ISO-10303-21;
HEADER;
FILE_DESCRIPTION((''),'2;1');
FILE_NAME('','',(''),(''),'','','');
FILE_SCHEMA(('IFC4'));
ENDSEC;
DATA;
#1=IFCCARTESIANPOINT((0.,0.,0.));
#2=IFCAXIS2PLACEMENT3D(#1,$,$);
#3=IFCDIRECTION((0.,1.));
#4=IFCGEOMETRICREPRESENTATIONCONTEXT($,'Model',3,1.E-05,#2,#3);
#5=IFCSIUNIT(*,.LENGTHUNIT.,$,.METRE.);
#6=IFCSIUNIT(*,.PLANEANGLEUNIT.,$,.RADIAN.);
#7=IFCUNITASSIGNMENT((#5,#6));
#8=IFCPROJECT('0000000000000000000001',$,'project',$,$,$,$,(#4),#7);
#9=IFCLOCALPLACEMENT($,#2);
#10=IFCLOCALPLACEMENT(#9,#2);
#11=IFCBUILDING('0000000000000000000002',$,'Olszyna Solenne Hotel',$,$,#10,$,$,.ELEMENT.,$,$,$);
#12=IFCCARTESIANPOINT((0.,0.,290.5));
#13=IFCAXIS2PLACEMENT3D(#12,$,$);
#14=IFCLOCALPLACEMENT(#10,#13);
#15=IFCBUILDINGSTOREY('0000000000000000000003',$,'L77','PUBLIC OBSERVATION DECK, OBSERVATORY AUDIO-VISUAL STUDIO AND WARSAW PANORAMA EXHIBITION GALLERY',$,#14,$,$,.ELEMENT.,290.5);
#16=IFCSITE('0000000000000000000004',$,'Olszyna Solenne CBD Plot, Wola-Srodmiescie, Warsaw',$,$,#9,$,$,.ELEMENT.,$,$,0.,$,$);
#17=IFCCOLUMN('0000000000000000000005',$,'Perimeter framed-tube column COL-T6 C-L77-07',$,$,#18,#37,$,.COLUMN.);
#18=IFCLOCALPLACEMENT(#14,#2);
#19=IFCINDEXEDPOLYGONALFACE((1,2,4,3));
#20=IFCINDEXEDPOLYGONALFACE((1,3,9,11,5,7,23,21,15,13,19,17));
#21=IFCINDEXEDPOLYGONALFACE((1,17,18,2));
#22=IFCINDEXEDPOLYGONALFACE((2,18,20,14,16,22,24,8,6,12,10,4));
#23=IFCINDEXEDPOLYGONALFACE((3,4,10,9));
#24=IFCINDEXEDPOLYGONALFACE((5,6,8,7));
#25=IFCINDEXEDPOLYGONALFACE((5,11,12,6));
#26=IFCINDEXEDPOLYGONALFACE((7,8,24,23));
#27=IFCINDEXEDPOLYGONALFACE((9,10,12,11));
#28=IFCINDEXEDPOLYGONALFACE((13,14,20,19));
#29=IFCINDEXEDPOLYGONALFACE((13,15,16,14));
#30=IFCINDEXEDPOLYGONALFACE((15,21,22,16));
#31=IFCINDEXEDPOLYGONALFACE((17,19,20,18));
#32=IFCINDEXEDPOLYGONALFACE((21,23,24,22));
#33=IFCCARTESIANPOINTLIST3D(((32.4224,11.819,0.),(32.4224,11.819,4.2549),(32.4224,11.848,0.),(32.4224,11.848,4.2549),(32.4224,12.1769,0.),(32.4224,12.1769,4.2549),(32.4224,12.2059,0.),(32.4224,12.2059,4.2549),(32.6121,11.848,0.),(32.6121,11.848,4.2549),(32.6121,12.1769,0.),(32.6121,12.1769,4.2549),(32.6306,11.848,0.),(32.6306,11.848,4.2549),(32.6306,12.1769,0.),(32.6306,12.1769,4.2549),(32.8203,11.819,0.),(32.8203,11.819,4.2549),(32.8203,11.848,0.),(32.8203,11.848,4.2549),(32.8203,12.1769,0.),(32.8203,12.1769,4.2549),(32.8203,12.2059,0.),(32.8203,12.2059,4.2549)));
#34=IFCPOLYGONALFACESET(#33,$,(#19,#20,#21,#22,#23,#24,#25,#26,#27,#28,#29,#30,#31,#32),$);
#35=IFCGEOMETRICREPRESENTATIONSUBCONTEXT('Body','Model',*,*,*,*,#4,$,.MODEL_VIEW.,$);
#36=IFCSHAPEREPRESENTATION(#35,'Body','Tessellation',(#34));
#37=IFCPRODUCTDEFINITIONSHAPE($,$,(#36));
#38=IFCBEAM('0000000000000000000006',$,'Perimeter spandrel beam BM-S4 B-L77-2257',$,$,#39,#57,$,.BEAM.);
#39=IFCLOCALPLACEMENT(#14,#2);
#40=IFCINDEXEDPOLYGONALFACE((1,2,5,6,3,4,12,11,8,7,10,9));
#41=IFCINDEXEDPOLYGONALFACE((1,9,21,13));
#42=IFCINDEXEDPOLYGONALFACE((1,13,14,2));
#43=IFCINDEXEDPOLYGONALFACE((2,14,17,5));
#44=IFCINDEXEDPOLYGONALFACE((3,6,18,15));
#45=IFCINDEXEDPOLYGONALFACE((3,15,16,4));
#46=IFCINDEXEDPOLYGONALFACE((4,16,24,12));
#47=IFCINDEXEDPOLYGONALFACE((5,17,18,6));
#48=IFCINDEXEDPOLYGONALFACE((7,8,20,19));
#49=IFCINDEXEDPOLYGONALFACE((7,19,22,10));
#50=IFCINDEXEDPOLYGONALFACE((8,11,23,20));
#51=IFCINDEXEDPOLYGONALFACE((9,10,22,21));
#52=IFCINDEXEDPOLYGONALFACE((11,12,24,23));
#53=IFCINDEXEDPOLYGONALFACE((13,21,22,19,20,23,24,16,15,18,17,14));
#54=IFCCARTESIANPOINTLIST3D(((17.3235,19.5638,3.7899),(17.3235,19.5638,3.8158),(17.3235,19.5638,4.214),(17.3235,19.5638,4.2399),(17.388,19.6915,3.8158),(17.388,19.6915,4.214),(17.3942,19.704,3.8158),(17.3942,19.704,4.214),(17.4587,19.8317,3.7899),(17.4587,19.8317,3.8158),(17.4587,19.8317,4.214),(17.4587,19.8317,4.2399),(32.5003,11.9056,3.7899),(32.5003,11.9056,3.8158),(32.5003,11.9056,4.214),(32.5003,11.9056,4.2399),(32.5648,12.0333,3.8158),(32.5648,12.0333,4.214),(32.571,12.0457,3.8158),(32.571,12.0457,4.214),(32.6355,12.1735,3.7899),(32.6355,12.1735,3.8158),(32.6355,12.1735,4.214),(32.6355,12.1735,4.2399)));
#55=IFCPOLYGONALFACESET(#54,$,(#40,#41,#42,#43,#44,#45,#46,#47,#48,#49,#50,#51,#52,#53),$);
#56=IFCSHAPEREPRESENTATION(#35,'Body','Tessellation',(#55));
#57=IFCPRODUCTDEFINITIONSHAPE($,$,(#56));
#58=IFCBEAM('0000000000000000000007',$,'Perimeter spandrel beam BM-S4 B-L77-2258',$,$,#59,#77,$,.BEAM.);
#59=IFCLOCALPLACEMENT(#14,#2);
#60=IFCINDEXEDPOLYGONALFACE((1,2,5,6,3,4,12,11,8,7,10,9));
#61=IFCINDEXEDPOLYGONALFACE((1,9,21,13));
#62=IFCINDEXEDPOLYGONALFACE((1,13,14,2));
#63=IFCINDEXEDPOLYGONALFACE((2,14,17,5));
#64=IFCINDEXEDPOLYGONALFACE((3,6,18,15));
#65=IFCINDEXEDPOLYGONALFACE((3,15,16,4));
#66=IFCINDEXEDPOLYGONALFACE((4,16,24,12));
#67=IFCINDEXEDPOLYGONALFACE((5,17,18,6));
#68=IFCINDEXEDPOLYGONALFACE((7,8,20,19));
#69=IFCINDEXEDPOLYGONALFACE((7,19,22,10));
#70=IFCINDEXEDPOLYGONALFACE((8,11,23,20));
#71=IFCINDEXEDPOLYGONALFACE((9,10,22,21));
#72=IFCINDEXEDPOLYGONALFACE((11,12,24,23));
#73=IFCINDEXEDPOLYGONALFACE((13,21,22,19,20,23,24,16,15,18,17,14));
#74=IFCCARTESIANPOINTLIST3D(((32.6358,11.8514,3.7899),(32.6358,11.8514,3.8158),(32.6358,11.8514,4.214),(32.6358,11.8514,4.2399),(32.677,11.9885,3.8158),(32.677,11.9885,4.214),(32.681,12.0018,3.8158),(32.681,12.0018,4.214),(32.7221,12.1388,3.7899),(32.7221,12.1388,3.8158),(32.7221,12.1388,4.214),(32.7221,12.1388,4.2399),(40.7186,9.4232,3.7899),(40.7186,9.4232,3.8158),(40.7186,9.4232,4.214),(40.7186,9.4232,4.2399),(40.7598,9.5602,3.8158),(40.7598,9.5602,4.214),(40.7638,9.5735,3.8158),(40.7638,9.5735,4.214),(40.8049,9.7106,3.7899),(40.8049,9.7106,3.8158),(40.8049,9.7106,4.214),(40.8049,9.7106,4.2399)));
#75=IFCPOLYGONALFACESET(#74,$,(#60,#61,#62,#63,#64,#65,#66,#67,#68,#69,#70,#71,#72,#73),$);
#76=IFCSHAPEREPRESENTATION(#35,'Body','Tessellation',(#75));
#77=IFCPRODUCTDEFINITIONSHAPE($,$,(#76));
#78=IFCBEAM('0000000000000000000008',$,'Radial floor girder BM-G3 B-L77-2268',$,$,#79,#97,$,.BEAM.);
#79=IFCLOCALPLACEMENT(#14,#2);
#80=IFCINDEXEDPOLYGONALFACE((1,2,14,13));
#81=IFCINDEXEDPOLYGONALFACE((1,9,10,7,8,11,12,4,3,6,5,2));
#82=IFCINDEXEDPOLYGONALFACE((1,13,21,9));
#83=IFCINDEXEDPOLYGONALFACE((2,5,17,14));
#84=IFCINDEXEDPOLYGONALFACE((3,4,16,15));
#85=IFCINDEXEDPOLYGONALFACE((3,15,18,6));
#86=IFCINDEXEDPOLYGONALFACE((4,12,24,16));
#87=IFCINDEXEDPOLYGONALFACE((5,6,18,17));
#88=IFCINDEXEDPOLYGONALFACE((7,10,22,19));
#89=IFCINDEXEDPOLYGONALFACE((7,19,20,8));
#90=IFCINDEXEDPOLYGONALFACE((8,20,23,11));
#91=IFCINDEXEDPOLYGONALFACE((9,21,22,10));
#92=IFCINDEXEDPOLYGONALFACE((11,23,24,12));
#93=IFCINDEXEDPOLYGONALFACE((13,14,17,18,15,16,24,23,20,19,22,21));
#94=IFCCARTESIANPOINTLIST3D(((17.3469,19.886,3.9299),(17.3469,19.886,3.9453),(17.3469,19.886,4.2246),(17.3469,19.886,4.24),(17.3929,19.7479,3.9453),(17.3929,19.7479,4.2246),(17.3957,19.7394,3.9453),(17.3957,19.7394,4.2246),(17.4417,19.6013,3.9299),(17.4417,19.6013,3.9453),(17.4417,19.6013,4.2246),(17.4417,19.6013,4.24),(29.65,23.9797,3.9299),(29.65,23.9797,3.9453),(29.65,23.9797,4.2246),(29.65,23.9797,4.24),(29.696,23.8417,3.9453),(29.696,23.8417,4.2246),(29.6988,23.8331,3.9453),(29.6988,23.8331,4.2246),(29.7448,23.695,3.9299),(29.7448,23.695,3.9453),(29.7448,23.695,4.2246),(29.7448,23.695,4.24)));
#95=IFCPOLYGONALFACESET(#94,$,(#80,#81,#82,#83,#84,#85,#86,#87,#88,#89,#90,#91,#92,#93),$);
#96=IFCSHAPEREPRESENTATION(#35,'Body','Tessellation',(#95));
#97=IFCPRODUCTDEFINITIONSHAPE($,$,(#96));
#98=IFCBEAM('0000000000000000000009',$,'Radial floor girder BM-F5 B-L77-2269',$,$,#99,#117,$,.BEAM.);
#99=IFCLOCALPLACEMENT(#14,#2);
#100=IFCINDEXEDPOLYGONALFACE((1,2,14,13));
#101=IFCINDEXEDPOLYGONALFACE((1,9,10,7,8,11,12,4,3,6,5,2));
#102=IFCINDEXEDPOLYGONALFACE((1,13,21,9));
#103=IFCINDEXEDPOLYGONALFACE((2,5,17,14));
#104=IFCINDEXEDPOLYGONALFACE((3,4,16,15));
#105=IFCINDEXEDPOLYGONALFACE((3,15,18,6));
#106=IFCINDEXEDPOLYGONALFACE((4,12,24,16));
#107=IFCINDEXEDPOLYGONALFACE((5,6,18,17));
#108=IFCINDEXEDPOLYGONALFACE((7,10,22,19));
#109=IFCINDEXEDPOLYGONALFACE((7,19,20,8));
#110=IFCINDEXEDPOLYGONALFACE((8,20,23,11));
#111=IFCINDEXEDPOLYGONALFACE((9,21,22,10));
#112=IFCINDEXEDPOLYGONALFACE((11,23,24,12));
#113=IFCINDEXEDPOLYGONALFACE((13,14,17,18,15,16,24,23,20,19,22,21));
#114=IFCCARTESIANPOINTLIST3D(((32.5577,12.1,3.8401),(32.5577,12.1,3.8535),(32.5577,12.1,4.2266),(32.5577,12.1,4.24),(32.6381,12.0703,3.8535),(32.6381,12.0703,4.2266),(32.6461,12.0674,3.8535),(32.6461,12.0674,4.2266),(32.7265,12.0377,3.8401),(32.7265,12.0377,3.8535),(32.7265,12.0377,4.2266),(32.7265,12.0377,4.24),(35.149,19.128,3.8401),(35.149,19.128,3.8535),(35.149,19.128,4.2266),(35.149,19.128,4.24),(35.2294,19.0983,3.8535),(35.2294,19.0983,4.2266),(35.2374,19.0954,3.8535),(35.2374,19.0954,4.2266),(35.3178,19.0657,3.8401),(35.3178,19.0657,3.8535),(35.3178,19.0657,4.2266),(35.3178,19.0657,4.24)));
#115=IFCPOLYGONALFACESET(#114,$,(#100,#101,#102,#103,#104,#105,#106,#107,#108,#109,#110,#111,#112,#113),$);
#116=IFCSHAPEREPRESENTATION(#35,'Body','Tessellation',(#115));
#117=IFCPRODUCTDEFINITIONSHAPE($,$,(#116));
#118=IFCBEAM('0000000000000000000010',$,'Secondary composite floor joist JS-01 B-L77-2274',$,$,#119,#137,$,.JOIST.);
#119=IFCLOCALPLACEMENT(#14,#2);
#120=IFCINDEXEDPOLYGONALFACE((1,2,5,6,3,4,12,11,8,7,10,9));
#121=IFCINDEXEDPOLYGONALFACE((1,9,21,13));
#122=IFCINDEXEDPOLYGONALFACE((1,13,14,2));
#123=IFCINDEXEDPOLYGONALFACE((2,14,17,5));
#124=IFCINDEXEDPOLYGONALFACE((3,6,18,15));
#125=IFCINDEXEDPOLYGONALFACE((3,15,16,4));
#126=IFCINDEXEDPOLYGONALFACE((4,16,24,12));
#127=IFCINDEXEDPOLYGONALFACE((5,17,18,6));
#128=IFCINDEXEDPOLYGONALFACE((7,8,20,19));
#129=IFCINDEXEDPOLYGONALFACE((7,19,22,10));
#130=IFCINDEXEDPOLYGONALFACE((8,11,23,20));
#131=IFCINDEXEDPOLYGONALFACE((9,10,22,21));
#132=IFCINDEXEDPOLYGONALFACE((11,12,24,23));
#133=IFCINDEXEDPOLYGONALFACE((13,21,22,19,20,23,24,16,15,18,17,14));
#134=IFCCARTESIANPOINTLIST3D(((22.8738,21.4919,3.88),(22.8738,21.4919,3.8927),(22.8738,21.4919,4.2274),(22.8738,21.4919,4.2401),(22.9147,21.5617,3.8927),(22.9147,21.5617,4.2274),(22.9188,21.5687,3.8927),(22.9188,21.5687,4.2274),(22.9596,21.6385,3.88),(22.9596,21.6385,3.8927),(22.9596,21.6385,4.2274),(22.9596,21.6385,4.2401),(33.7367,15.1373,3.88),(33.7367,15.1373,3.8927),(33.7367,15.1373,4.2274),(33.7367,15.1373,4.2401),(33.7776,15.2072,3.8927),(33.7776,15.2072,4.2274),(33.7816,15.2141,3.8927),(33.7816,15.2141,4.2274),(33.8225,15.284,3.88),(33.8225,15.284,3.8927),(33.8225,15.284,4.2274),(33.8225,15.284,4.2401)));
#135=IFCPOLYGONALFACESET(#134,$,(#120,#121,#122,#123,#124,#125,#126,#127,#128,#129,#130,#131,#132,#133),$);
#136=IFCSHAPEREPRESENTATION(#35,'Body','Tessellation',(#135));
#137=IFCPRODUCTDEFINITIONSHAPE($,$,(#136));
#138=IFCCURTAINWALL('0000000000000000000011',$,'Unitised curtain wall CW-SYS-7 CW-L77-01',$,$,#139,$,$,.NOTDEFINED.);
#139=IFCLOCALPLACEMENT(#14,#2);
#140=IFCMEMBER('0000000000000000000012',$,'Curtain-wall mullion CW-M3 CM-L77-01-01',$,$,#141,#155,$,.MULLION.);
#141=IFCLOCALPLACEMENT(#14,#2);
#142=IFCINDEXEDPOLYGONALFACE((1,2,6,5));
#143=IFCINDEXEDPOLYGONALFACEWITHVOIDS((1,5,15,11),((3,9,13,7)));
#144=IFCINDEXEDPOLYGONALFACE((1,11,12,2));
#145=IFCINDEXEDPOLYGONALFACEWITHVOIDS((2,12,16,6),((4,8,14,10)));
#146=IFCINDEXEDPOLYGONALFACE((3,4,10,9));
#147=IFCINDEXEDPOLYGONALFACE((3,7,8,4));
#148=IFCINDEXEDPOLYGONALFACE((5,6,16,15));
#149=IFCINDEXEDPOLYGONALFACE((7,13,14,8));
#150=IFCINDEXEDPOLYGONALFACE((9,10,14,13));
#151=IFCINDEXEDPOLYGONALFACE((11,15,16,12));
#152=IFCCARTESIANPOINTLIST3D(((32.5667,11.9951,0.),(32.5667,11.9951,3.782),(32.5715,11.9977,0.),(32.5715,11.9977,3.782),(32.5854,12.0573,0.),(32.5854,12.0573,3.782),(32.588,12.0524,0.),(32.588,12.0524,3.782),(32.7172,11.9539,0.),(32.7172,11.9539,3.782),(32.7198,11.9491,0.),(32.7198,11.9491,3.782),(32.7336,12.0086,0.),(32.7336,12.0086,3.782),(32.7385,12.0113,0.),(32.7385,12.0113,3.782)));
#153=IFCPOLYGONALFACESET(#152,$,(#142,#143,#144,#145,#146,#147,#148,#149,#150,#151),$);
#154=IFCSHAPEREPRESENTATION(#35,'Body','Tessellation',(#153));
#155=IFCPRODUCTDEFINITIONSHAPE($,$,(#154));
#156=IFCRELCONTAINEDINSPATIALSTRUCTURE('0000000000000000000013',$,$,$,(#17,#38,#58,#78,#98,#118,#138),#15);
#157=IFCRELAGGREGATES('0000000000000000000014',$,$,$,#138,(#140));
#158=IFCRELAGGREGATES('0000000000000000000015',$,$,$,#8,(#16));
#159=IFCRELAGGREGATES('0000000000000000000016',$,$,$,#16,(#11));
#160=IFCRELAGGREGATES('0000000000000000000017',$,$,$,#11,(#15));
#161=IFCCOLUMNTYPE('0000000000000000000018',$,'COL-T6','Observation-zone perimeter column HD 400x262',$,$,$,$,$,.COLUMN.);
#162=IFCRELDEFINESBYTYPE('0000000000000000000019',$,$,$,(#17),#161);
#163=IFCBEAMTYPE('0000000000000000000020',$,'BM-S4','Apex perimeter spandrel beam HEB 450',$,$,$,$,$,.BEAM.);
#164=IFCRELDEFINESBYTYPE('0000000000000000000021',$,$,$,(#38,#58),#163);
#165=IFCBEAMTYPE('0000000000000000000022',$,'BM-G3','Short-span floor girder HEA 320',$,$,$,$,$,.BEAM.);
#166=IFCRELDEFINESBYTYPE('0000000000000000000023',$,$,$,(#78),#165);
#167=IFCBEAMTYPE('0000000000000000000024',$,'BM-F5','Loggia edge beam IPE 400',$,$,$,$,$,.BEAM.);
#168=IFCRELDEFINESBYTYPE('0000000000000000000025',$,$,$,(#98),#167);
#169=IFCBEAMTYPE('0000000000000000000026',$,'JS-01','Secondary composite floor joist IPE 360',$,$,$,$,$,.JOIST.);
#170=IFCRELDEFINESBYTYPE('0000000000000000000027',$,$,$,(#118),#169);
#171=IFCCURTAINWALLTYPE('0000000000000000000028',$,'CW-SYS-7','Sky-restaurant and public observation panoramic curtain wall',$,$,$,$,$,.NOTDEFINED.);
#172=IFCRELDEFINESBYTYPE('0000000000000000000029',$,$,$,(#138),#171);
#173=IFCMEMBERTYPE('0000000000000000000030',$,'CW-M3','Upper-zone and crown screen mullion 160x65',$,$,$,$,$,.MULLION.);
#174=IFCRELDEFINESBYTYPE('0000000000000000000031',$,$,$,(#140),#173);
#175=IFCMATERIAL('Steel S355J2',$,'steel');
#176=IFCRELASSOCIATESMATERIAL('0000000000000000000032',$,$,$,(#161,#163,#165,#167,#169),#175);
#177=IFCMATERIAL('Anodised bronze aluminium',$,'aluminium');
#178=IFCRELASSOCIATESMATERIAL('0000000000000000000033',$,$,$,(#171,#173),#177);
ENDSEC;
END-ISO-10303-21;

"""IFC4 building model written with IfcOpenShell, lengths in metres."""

from ifc_helpers import new_model, si_unit, direction, frame, origin, origin_2d, place, context, subcontext, project, spatial, hollow_rectangle, i_section, extrude, source, transform, mapped, material, material_profile, profile_set, type_object, element, aggregate, save


model = new_model("IFC4")

# Units and contexts
model_context = context("Model", 3, precision=1e-05, world=origin(), true_north=direction((0.0, 1.0)))
body_context = subcontext(model_context, "Body", "Model", "MODEL_VIEW")
ifc_project = project(units=[si_unit("LENGTHUNIT", "METRE"), si_unit("PLANEANGLEUNIT", "RADIAN")], contexts=[model_context])

# Site, building, storey
site_placement = place(None, origin())
site = spatial("IfcSite", under=ifc_project, at=site_placement, Name="Olszyna Solenne CBD Plot, Wola-Srodmiescie, Warsaw", CompositionType="ELEMENT", RefElevation=0.0)
building_placement = place(site_placement, origin())
building = spatial("IfcBuilding", under=site, at=building_placement, Name="Olszyna Solenne Hotel", CompositionType="ELEMENT")
storey_placement = place(building_placement, frame((0.0, 0.0, 290.5)))
storey = spatial("IfcBuildingStorey", under=building, at=storey_placement, Name="L77", Description="PUBLIC OBSERVATION DECK, OBSERVATORY AUDIO-VISUAL STUDIO AND WARSAW PANORAMA EXHIBITION GALLERY", CompositionType="ELEMENT", Elevation=290.5)

# Column
ifc_material_1 = material(Name="Steel S355J2", Category="steel")
ifc_material_profile_1 = material_profile(ifc_material_1, i_section(OverallWidth=0.3979, OverallDepth=0.387, WebThickness=0.0186, FlangeThickness=0.0291, at=origin_2d()), Name="HD 400x262", Category="load-bearing")
ifc_profile_set_1 = profile_set([ifc_material_profile_1], Name="Steel S355J2")
column_type = type_object("IfcColumnType", Name="COL-T6", Description="Observation-zone perimeter column HD 400x262", PredefinedType="COLUMN", material=ifc_profile_set_1)
shared_shape_1 = source(origin(), body_context, "Body", "SweptSolid", [
    extrude(i_section(OverallWidth=0.3979, OverallDepth=0.387, WebThickness=0.0186, FlangeThickness=0.0291, at=origin_2d()), origin(), (0.0, 0.0, 1.0), 4.2549),
])
column_placement = place(storey_placement, frame((32.6213, 12.0125, 0.0), z_axis=(0.0, 0.0, 1.0), x_axis=(1.0, 0.0, 0.0)))
element("IfcColumn", 1, at=column_placement, inside=storey, type_object=column_type, Name="Perimeter framed-tube column COL-T6 C-L77-07", PredefinedType="COLUMN", context=body_context, shape_type="MappedRepresentation", body=[
    mapped(shared_shape_1, transform((0.0, 0.0, 0.0), x_axis=(1.0, 0.0, 0.0), y_axis=(0.0, 1.0, 0.0), z_axis=(0.0, 0.0, 1.0), scale=1.0)),
])

# Beams
ifc_material_profile_2 = material_profile(ifc_material_1, i_section(OverallWidth=0.3, OverallDepth=0.45, WebThickness=0.0139, FlangeThickness=0.0259, at=origin_2d()), Name="HEB 450", Category="load-bearing")
ifc_profile_set_2 = profile_set([ifc_material_profile_2], Name="Steel S355J2")
beam_type_1 = type_object("IfcBeamType", Name="BM-S4", Description="Apex perimeter spandrel beam HEB 450", PredefinedType="BEAM", material=ifc_profile_set_2)
shared_shape_2 = source(origin(), body_context, "Body", "SweptSolid", [
    extrude(i_section(OverallWidth=0.3, OverallDepth=0.45, WebThickness=0.0139, FlangeThickness=0.0259, at=origin_2d()), origin(), (0.0, 0.0, 1.0), 16.9995),
])
beam_1_placement = place(storey_placement, frame((17.3911, 19.6978, 4.0149), z_axis=(0.892778, -0.450497, 0.0), x_axis=(0.450497, 0.892778, 0.0)))
element("IfcBeam", 2, at=beam_1_placement, inside=storey, type_object=beam_type_1, Name="Perimeter spandrel beam BM-S4 B-L77-2257", PredefinedType="BEAM", context=body_context, shape_type="MappedRepresentation", body=[
    mapped(shared_shape_2, transform((0.0, 0.0, 0.0), x_axis=(1.0, 0.0, 0.0), y_axis=(0.0, 1.0, 0.0), z_axis=(0.0, 0.0, 1.0), scale=1.0)),
])
shared_shape_3 = source(origin(), body_context, "Body", "SweptSolid", [
    extrude(i_section(OverallWidth=0.3, OverallDepth=0.45, WebThickness=0.0139, FlangeThickness=0.0259, at=origin_2d()), origin(), (0.0, 0.0, 1.0), 8.4397),
])
beam_2_placement = place(storey_placement, frame((32.679, 11.9951, 4.0149), z_axis=(0.957716, -0.287717, 0.0), x_axis=(0.287717, 0.957716, 0.0)))
element("IfcBeam", 3, at=beam_2_placement, inside=storey, type_object=beam_type_1, Name="Perimeter spandrel beam BM-S4 B-L77-2258", PredefinedType="BEAM", context=body_context, shape_type="MappedRepresentation", body=[
    mapped(shared_shape_3, transform((0.0, 0.0, 0.0), x_axis=(1.0, 0.0, 0.0), y_axis=(0.0, 1.0, 0.0), z_axis=(0.0, 0.0, 1.0), scale=1.0)),
])
ifc_material_profile_3 = material_profile(ifc_material_1, i_section(OverallWidth=0.3, OverallDepth=0.3101, WebThickness=0.009, FlangeThickness=0.0154, at=origin_2d()), Name="HEA 320", Category="load-bearing")
ifc_profile_set_3 = profile_set([ifc_material_profile_3], Name="Steel S355J2")
beam_type_2 = type_object("IfcBeamType", Name="BM-G3", Description="Short-span floor girder HEA 320", PredefinedType="BEAM", material=ifc_profile_set_3)
shared_shape_4 = source(origin(), body_context, "Body", "SweptSolid", [
    extrude(i_section(OverallWidth=0.3, OverallDepth=0.3101, WebThickness=0.009, FlangeThickness=0.0154, at=origin_2d()), origin(), (0.0, 0.0, 1.0), 12.9663),
])
beam_3_placement = place(storey_placement, frame((17.3943, 19.7437, 4.085), z_axis=(0.948853, 0.315719, 0.0), x_axis=(-0.315719, 0.948853, 0.0)))
element("IfcBeam", 4, at=beam_3_placement, inside=storey, type_object=beam_type_2, Name="Radial floor girder BM-G3 B-L77-2268", PredefinedType="BEAM", context=body_context, shape_type="MappedRepresentation", body=[
    mapped(shared_shape_4, transform((0.0, 0.0, 0.0), x_axis=(1.0, 0.0, 0.0), y_axis=(0.0, 1.0, 0.0), z_axis=(0.0, 0.0, 1.0), scale=1.0)),
])
ifc_material_profile_4 = material_profile(ifc_material_1, i_section(OverallWidth=0.1799, OverallDepth=0.3999, WebThickness=0.0085, FlangeThickness=0.0134, at=origin_2d()), Name="IPE 400", Category="load-bearing")
ifc_profile_set_4 = profile_set([ifc_material_profile_4], Name="Steel S355J2")
beam_type_3 = type_object("IfcBeamType", Name="BM-F5", Description="Loggia edge beam IPE 400", PredefinedType="BEAM", material=ifc_profile_set_4)
shared_shape_5 = source(origin(), body_context, "Body", "SweptSolid", [
    extrude(i_section(OverallWidth=0.1799, OverallDepth=0.3999, WebThickness=0.0085, FlangeThickness=0.0134, at=origin_2d()), origin(), (0.0, 0.0, 1.0), 7.4905),
])
beam_4_placement = place(storey_placement, frame((32.6421, 12.0688, 4.04), z_axis=(0.345942, 0.938256, 0.0), x_axis=(-0.938256, 0.345942, 0.0)))
element("IfcBeam", 5, at=beam_4_placement, inside=storey, type_object=beam_type_3, Name="Radial floor girder BM-F5 B-L77-2269", PredefinedType="BEAM", context=body_context, shape_type="MappedRepresentation", body=[
    mapped(shared_shape_5, transform((0.0, 0.0, 0.0), x_axis=(1.0, 0.0, 0.0), y_axis=(0.0, 1.0, 0.0), z_axis=(0.0, 0.0, 1.0), scale=1.0)),
])
ifc_material_profile_5 = material_profile(ifc_material_1, i_section(OverallWidth=0.1699, OverallDepth=0.3601, WebThickness=0.0081, FlangeThickness=0.0127, at=origin_2d()), Name="IPE 360", Category="load-bearing")
ifc_profile_set_5 = profile_set([ifc_material_profile_5], Name="Steel S355J2")
beam_type_4 = type_object("IfcBeamType", Name="JS-01", Description="Secondary composite floor joist IPE 360", PredefinedType="JOIST", material=ifc_profile_set_5)
shared_shape_6 = source(origin(), body_context, "Body", "SweptSolid", [
    extrude(i_section(OverallWidth=0.1699, OverallDepth=0.3601, WebThickness=0.0081, FlangeThickness=0.0127, at=origin_2d()), origin(), (0.0, 0.0, 1.0), 12.585),
])
beam_5_placement = place(storey_placement, frame((22.9167, 21.5652, 4.0601), z_axis=(0.86316, -0.50493, 0.0), x_axis=(0.50493, 0.86316, 0.0)))
element("IfcBeam", 6, at=beam_5_placement, inside=storey, type_object=beam_type_4, Name="Secondary composite floor joist JS-01 B-L77-2274", PredefinedType="JOIST", context=body_context, shape_type="MappedRepresentation", body=[
    mapped(shared_shape_6, transform((0.0, 0.0, 0.0), x_axis=(1.0, 0.0, 0.0), y_axis=(0.0, 1.0, 0.0), z_axis=(0.0, 0.0, 1.0), scale=1.0)),
])

# Curtain wall, member
ifc_material_2 = material(Name="Anodised bronze aluminium", Category="aluminium")
curtain_wall_type = type_object("IfcCurtainWallType", Name="CW-SYS-7", Description="Sky-restaurant and public observation panoramic curtain wall", PredefinedType="NOTDEFINED", material=ifc_material_2)
curtain_wall_1_placement = place(storey_placement, origin())
curtain_wall_1 = element("IfcCurtainWall", 7, at=curtain_wall_1_placement, inside=storey, type_object=curtain_wall_type, Name="Unitised curtain wall CW-SYS-7 CW-L77-01", PredefinedType="NOTDEFINED")
ifc_material_profile_6 = material_profile(ifc_material_2, hollow_rectangle(XDim=0.0649, YDim=0.1599, WallThickness=0.0039, at=origin_2d()), Name="MULL 160x65x4", Category="load-bearing")
ifc_profile_set_6 = profile_set([ifc_material_profile_6], Name="Anodised bronze aluminium")
member_type_1 = type_object("IfcMemberType", Name="CW-M3", Description="Upper-zone and crown screen mullion 160x65", PredefinedType="MULLION", material=ifc_profile_set_6)
shared_shape_7 = source(origin(), body_context, "Body", "SweptSolid", [
    extrude(hollow_rectangle(XDim=0.0649, YDim=0.1599, WallThickness=0.0039, at=origin_2d()), origin(), (0.0, 0.0, 1.0), 3.782),
])
member_1_placement = place(storey_placement, frame((32.6526, 12.0032, 0.0), z_axis=(0.0, 0.0, 1.0), x_axis=(0.287727, 0.957712, 0.0)))
member_1 = element("IfcMember", 8, at=member_1_placement, type_object=member_type_1, Name="Curtain-wall mullion CW-M3 CM-L77-01-01", PredefinedType="MULLION", context=body_context, shape_type="MappedRepresentation", body=[
    mapped(shared_shape_7, transform((0.0, 0.0, 0.0), x_axis=(1.0, 0.0, 0.0), y_axis=(0.0, 1.0, 0.0), z_axis=(0.0, 0.0, 1.0), scale=1.0)),
])
aggregate(curtain_wall_1, [member_1])

save(model, "model.ifc")
